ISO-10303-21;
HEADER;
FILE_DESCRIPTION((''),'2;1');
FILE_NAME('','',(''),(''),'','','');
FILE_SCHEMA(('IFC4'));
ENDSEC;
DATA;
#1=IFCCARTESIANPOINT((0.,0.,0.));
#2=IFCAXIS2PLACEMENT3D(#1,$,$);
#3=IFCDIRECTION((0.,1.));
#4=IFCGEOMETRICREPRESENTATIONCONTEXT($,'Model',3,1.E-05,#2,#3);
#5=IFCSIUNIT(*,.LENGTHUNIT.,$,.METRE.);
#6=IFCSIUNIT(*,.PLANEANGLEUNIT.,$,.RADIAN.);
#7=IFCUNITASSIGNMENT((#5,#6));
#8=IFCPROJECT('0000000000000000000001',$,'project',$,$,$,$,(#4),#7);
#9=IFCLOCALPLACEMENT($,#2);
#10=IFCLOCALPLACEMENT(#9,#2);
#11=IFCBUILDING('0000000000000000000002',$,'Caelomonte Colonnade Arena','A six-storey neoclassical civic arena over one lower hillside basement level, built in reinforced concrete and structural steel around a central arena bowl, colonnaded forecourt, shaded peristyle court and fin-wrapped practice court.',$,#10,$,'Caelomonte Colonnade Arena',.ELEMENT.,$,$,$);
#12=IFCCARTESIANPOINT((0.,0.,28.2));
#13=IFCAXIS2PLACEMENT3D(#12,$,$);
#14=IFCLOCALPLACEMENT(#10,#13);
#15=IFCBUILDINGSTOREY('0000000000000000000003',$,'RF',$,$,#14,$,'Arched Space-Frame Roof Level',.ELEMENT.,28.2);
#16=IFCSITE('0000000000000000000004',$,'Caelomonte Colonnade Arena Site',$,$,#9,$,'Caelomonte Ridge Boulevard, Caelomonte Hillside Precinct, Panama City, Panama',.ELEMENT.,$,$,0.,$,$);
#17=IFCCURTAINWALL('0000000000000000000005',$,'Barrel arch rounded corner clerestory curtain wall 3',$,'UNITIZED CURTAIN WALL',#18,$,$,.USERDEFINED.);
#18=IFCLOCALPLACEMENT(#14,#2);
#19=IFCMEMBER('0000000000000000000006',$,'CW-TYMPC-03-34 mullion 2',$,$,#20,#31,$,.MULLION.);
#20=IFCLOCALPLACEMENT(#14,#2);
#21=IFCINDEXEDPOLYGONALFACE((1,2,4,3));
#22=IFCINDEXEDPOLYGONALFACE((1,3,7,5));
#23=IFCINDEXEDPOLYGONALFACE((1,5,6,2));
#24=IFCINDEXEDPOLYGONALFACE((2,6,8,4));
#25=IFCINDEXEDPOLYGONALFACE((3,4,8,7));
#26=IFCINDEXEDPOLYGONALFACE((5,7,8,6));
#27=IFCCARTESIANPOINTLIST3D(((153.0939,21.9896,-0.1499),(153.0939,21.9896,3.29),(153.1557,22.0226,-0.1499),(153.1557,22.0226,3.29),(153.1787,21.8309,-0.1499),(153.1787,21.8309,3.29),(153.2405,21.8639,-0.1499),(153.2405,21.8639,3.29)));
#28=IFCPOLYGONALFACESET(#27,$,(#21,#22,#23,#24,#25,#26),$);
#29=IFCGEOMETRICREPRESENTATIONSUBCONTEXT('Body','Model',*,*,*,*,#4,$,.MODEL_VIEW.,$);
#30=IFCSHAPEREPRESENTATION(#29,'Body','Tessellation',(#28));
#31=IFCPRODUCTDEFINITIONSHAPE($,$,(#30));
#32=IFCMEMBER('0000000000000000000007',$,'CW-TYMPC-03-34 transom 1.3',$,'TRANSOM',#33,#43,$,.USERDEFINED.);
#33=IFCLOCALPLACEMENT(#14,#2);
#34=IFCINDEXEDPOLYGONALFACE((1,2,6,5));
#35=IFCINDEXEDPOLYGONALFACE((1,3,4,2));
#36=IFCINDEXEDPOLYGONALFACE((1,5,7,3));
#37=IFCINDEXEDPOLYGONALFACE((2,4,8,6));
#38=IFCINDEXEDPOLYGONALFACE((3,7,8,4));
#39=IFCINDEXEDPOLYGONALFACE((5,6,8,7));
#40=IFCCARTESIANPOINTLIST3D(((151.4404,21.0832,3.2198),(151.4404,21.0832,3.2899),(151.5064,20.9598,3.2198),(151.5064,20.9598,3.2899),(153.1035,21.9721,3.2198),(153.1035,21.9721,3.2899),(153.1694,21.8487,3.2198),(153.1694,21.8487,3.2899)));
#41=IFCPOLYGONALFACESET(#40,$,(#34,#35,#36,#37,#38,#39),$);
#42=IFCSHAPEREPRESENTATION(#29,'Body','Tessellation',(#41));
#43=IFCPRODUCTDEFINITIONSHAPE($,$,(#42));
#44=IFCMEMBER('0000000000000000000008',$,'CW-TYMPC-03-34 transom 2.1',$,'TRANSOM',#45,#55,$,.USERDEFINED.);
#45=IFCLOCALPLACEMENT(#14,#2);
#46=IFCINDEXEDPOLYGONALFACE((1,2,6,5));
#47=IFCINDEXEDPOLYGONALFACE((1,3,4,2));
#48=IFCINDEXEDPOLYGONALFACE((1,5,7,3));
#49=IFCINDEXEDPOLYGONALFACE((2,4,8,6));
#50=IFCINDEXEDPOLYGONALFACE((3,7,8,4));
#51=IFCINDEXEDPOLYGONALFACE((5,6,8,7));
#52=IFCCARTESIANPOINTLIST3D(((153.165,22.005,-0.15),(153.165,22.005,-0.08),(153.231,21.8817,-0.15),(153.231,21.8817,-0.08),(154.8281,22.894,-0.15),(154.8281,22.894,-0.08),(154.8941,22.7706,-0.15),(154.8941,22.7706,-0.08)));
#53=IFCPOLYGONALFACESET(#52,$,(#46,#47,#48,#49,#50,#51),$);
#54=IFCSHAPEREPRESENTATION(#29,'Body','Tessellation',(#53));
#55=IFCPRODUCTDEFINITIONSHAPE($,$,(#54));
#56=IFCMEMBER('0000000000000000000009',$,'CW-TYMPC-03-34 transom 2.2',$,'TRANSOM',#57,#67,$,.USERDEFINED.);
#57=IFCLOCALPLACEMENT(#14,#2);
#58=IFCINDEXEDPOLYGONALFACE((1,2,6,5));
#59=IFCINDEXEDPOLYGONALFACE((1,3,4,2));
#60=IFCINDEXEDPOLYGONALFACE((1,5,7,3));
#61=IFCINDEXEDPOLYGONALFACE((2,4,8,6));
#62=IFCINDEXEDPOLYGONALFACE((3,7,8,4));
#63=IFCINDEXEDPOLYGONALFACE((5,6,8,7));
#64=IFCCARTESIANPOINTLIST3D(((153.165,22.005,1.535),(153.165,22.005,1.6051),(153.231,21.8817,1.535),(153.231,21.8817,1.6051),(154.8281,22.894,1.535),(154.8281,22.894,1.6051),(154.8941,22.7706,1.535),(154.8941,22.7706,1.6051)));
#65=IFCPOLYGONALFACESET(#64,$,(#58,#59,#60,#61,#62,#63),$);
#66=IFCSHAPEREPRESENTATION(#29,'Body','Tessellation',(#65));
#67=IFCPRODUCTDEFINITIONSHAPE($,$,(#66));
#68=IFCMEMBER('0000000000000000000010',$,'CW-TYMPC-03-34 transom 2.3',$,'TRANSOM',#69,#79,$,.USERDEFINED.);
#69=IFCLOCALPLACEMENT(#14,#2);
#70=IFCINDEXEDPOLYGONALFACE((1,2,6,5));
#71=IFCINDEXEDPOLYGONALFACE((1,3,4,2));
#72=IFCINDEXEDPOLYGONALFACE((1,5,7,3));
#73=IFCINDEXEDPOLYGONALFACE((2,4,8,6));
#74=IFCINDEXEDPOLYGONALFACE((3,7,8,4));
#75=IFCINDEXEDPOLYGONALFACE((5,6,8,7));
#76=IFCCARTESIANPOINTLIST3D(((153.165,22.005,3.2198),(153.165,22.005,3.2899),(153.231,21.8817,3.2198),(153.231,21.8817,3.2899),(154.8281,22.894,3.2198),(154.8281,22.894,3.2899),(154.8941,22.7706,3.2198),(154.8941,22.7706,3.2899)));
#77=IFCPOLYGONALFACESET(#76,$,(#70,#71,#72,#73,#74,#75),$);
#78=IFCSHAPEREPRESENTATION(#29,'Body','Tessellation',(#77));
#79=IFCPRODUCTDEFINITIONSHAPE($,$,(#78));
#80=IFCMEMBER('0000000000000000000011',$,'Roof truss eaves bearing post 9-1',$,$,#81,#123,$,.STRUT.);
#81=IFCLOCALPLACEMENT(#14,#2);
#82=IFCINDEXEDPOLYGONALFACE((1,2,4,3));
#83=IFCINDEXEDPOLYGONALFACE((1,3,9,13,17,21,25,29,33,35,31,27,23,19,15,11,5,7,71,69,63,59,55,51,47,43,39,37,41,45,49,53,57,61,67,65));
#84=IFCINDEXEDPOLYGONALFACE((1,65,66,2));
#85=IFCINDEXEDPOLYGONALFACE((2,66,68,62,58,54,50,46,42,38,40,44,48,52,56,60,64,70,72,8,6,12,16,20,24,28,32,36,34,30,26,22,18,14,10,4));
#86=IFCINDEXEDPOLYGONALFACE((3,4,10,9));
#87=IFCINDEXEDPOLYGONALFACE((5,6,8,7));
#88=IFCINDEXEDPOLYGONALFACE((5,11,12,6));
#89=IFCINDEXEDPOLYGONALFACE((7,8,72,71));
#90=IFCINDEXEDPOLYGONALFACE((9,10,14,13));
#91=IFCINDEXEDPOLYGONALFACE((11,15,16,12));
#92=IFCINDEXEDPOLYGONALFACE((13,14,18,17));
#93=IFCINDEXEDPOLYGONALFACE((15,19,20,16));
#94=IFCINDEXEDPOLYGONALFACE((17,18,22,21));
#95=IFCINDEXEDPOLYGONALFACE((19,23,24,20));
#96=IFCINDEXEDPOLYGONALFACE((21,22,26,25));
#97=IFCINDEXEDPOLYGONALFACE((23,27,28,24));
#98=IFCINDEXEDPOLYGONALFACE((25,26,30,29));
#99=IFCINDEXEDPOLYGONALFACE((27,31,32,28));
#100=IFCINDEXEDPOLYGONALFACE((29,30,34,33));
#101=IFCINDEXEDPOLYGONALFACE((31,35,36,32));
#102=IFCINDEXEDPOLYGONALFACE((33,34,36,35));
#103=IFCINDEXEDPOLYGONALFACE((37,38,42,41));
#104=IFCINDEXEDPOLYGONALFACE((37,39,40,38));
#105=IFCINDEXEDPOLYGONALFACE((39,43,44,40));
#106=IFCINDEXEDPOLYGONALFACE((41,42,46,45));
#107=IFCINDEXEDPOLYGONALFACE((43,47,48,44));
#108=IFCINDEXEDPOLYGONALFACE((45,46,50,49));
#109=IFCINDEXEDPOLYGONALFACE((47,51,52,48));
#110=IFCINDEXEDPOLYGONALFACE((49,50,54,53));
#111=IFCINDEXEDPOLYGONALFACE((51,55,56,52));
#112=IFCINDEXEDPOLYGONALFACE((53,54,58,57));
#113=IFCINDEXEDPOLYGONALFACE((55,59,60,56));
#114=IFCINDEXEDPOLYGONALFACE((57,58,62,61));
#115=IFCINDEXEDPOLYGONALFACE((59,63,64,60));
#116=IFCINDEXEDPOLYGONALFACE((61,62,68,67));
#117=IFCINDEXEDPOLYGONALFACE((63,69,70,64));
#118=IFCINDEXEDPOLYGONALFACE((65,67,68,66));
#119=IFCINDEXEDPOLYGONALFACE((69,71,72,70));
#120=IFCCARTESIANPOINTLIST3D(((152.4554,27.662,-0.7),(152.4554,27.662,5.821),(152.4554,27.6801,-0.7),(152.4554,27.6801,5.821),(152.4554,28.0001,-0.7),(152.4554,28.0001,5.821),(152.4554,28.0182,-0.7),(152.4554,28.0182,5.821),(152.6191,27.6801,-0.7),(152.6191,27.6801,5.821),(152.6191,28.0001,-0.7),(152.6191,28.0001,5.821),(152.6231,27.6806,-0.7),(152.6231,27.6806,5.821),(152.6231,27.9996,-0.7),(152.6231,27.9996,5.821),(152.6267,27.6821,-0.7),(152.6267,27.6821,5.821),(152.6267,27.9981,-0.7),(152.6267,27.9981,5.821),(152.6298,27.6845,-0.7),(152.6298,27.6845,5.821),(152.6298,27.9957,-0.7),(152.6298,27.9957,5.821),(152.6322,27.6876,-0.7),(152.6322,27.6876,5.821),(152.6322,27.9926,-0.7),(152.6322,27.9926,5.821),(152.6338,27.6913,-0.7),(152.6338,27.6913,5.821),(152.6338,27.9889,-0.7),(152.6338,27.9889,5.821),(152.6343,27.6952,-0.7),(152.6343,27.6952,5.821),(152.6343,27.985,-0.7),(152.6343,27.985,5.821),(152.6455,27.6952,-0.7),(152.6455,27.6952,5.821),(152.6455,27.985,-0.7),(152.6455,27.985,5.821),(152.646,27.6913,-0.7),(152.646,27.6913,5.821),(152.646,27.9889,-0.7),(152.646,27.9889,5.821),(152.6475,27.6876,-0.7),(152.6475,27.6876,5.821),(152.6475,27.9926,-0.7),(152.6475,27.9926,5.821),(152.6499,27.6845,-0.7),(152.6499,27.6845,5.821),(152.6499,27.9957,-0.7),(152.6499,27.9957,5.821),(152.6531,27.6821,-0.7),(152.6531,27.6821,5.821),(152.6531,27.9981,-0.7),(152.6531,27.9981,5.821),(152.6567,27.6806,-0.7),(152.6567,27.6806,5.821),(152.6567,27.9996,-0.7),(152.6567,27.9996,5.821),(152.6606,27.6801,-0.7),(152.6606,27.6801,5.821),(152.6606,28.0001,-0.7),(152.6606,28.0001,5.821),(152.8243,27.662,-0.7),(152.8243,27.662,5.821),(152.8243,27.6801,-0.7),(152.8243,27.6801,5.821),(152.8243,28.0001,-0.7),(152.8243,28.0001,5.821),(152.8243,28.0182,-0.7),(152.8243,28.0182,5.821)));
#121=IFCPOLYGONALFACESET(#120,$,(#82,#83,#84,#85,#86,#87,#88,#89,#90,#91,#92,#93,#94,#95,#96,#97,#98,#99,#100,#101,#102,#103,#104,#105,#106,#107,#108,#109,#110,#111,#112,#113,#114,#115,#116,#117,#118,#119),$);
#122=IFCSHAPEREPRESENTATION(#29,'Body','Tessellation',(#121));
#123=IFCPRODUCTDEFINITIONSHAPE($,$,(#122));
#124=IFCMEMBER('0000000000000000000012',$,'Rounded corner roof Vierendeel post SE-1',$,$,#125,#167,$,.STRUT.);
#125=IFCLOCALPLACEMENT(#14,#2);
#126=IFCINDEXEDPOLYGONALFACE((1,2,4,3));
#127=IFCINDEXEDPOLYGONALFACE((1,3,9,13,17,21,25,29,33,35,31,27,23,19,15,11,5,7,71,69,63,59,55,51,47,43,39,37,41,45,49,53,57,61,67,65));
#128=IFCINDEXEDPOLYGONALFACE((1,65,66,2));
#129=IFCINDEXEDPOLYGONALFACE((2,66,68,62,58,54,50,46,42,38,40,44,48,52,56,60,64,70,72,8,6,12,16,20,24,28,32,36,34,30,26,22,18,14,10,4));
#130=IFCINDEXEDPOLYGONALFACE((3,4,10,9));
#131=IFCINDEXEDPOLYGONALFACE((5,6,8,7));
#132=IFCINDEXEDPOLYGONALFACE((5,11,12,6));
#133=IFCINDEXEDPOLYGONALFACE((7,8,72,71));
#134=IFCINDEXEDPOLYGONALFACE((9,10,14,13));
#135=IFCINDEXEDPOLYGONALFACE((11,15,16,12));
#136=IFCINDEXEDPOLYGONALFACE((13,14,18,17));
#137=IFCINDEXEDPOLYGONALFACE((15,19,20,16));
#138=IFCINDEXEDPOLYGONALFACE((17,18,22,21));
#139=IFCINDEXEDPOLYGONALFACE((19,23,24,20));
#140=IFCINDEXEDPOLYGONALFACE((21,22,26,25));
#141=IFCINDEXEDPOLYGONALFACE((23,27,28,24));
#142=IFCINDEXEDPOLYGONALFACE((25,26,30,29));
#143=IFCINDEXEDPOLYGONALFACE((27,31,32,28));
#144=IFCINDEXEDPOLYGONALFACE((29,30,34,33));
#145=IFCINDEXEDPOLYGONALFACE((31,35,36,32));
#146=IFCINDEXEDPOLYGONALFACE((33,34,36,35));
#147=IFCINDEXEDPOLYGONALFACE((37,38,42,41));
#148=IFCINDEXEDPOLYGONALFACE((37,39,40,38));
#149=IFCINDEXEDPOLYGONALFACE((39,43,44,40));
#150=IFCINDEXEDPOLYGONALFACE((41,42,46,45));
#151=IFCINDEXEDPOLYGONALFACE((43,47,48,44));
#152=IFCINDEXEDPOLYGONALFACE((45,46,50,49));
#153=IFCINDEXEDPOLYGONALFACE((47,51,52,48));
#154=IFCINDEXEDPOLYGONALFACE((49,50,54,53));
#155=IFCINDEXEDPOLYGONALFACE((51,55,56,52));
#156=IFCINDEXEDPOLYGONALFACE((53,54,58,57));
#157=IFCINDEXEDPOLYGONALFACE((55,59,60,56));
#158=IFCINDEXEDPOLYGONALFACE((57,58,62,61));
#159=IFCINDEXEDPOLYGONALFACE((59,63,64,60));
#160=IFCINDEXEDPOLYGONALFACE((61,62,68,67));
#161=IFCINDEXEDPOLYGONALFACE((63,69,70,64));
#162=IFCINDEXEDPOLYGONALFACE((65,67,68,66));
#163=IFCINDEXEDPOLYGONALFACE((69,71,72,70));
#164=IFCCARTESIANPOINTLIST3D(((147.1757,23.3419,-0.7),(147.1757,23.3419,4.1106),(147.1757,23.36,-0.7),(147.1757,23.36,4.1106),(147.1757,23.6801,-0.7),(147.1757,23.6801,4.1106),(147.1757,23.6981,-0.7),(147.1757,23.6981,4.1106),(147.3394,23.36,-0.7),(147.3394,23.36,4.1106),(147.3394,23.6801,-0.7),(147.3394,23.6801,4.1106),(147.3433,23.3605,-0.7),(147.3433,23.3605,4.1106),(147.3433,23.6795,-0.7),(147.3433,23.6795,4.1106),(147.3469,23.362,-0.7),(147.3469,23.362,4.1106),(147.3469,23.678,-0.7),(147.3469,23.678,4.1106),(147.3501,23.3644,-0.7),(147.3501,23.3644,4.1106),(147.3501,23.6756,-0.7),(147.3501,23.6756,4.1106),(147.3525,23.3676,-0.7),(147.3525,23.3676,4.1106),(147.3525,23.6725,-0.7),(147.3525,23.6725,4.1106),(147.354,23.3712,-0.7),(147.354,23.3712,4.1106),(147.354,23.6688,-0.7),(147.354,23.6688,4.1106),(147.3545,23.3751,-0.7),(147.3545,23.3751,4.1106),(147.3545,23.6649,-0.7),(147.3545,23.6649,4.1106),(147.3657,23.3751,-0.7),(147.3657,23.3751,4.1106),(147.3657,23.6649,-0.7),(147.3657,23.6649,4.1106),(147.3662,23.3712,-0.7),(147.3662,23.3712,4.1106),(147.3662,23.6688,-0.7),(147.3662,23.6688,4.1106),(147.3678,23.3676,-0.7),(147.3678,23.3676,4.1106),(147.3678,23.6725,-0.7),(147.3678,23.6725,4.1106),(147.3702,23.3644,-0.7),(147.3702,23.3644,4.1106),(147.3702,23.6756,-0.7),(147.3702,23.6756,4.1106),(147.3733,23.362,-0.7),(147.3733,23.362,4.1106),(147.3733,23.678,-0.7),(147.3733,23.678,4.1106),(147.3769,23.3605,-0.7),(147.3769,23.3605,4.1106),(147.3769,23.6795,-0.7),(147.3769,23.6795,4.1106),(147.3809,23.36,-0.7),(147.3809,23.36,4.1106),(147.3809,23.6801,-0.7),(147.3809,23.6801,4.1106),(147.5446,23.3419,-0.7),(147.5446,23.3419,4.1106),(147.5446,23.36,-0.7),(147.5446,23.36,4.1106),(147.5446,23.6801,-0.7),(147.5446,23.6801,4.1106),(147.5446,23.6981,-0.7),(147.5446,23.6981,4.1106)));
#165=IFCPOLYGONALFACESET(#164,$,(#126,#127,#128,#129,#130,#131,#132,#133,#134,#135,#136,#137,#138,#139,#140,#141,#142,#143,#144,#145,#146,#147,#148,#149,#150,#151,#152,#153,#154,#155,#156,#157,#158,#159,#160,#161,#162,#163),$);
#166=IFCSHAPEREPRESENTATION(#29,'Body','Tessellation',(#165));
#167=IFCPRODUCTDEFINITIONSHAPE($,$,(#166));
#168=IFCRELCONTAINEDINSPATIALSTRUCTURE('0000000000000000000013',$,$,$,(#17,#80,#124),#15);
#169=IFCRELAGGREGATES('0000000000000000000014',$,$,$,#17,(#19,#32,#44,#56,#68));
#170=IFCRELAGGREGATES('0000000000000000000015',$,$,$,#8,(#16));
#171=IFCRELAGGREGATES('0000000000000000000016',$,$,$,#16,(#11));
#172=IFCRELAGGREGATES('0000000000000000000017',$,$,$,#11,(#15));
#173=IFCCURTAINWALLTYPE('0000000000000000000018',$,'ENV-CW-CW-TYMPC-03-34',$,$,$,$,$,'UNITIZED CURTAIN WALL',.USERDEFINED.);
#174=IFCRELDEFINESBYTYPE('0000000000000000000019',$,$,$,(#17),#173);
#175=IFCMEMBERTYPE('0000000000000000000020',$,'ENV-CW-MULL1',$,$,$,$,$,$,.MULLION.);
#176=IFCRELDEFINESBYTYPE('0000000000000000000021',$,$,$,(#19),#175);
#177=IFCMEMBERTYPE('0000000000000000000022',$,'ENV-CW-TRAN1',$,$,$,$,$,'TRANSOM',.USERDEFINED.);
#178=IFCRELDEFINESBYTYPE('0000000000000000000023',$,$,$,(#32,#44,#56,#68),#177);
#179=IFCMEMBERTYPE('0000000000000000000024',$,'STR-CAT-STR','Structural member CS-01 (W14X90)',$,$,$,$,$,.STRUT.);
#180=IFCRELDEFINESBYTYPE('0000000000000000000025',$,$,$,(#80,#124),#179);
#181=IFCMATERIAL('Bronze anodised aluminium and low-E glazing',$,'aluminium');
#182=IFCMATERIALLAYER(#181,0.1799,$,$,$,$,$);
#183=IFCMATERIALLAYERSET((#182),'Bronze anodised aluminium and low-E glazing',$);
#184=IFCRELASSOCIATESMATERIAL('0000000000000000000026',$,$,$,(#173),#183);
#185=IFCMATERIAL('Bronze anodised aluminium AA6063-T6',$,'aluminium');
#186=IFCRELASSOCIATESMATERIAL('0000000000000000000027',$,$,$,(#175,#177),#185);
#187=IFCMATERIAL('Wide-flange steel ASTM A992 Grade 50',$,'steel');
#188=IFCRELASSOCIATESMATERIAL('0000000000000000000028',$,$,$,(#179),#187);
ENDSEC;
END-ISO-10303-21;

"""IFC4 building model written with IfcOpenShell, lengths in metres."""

from ifc_helpers import new_model, si_unit, direction, frame, origin, origin_2d, place, context, subcontext, project, spatial, rectangle, i_section, extrude, material, layer, layer_set, material_profile, profile_set, type_object, element, aggregate, save


model = new_model("IFC4")

# Units and contexts
model_context = context("Model", 3, precision=1e-05, world=origin(), true_north=direction((0.0, 1.0)))
body_context = subcontext(model_context, "Body", "Model", "MODEL_VIEW")
ifc_project = project(units=[si_unit("LENGTHUNIT", "METRE"), si_unit("PLANEANGLEUNIT", "RADIAN")], contexts=[model_context])

# Site, building, storey
site_placement = place(None, origin())
site = spatial("IfcSite", under=ifc_project, at=site_placement, Name="Caelomonte Colonnade Arena Site", LongName="Caelomonte Ridge Boulevard, Caelomonte Hillside Precinct, Panama City, Panama", CompositionType="ELEMENT", RefElevation=0.0)
building_placement = place(site_placement, origin())
building = spatial("IfcBuilding", under=site, at=building_placement, Name="Caelomonte Colonnade Arena", Description="A six-storey neoclassical civic arena over one lower hillside basement level, built in reinforced concrete and structural steel around a central arena bowl, colonnaded forecourt, shaded peristyle court and fin-wrapped practice court.", LongName="Caelomonte Colonnade Arena", CompositionType="ELEMENT")
storey_placement = place(building_placement, frame((0.0, 0.0, 28.2)))
storey = spatial("IfcBuildingStorey", under=building, at=storey_placement, Name="RF", LongName="Arched Space-Frame Roof Level", CompositionType="ELEMENT", Elevation=28.2)

# Curtain wall, members
ifc_material_1 = material(Name="Bronze anodised aluminium and low-E glazing", Category="aluminium")
ifc_layer_1 = layer(ifc_material_1, 0.1799)
ifc_layer_set_1 = layer_set([ifc_layer_1], Name="Bronze anodised aluminium and low-E glazing")
curtain_wall_type = type_object("IfcCurtainWallType", Name="ENV-CW-CW-TYMPC-03-34", ElementType="UNITIZED CURTAIN WALL", PredefinedType="USERDEFINED", material=ifc_layer_set_1)
curtain_wall_placement = place(storey_placement, origin())
curtain_wall = element("IfcCurtainWall", 1, at=curtain_wall_placement, inside=storey, type_object=curtain_wall_type, Name="Barrel arch rounded corner clerestory curtain wall 3", ObjectType="UNITIZED CURTAIN WALL", PredefinedType="USERDEFINED")
ifc_material_2 = material(Name="Bronze anodised aluminium AA6063-T6", Category="aluminium")
ifc_material_profile_1 = material_profile(ifc_material_2, rectangle(XDim=0.0701, YDim=0.1799, at=origin_2d()), Name="CWM-70X180")
ifc_profile_set_1 = profile_set([ifc_material_profile_1], Name="Bronze anodised aluminium AA6063-T6")
member_type_1 = type_object("IfcMemberType", Name="ENV-CW-MULL1", PredefinedType="MULLION", material=ifc_profile_set_1)
member_1_placement = place(storey_placement, frame((153.1672, 21.9268, -0.1499), z_axis=(0.0, 0.0, 1.0), x_axis=(0.881924, 0.471391, 0.0)))
member_1 = element("IfcMember", 2, at=member_1_placement, type_object=member_type_1, Name="CW-TYMPC-03-34 mullion 2", PredefinedType="MULLION", context=body_context, shape_type="SweptSolid", body=[
    extrude(rectangle(XDim=0.0701, YDim=0.1799, at=origin_2d()), origin(), (0.0, 0.0, 1.0), 3.4399),
])
ifc_material_profile_2 = material_profile(ifc_material_2, rectangle(XDim=0.0701, YDim=0.1399, at=origin_2d()), Name="CWT-70X140")
ifc_profile_set_2 = profile_set([ifc_material_profile_2], Name="Bronze anodised aluminium AA6063-T6")
member_type_2 = type_object("IfcMemberType", Name="ENV-CW-TRAN1", ElementType="TRANSOM", PredefinedType="USERDEFINED", material=ifc_profile_set_2)
member_2_placement = place(storey_placement, frame((151.4734, 21.0215, 3.2549), z_axis=(0.881926, 0.471388, 0.0), x_axis=(0.0, 0.0, 1.0)))
member_2 = element("IfcMember", 3, at=member_2_placement, type_object=member_type_2, Name="CW-TYMPC-03-34 transom 1.3", ObjectType="TRANSOM", PredefinedType="USERDEFINED", context=body_context, shape_type="SweptSolid", body=[
    extrude(rectangle(XDim=0.0701, YDim=0.1399, at=origin_2d()), origin(), (0.0, 0.0, 1.0), 1.8857),
])
member_3_placement = place(storey_placement, frame((153.198, 21.9434, -0.115), z_axis=(0.881926, 0.471388, 0.0), x_axis=(0.0, 0.0, 1.0)))
member_3 = element("IfcMember", 4, at=member_3_placement, type_object=member_type_2, Name="CW-TYMPC-03-34 transom 2.1", ObjectType="TRANSOM", PredefinedType="USERDEFINED", context=body_context, shape_type="SweptSolid", body=[
    extrude(rectangle(XDim=0.0701, YDim=0.1399, at=origin_2d()), origin(), (0.0, 0.0, 1.0), 1.8857),
])
member_4_placement = place(storey_placement, frame((153.198, 21.9434, 1.5701), z_axis=(0.881926, 0.471388, 0.0), x_axis=(0.0, 0.0, 1.0)))
member_4 = element("IfcMember", 5, at=member_4_placement, type_object=member_type_2, Name="CW-TYMPC-03-34 transom 2.2", ObjectType="TRANSOM", PredefinedType="USERDEFINED", context=body_context, shape_type="SweptSolid", body=[
    extrude(rectangle(XDim=0.0701, YDim=0.1399, at=origin_2d()), origin(), (0.0, 0.0, 1.0), 1.8857),
])
member_5_placement = place(storey_placement, frame((153.198, 21.9434, 3.2549), z_axis=(0.881926, 0.471388, 0.0), x_axis=(0.0, 0.0, 1.0)))
member_5 = element("IfcMember", 6, at=member_5_placement, type_object=member_type_2, Name="CW-TYMPC-03-34 transom 2.3", ObjectType="TRANSOM", PredefinedType="USERDEFINED", context=body_context, shape_type="SweptSolid", body=[
    extrude(rectangle(XDim=0.0701, YDim=0.1399, at=origin_2d()), origin(), (0.0, 0.0, 1.0), 1.8857),
])

# Members
ifc_material_3 = material(Name="Wide-flange steel ASTM A992 Grade 50", Category="steel")
ifc_material_profile_3 = material_profile(ifc_material_3, i_section(OverallWidth=0.3689, OverallDepth=0.3562, WebThickness=0.0112, FlangeThickness=0.0181, FilletRadius=0.0151, at=origin_2d()), Name="W14X90")
ifc_profile_set_3 = profile_set([ifc_material_profile_3], Name="Wide-flange steel ASTM A992 Grade 50")
member_type_3 = type_object("IfcMemberType", Name="STR-CAT-STR", Description="Structural member CS-01 (W14X90)", PredefinedType="STRUT", material=ifc_profile_set_3)
member_6_placement = place(storey_placement, frame((152.6399, 27.8401, -0.7), z_axis=(0.0, 0.0, 1.0), x_axis=(1.0, 0.0, 0.0)))
element("IfcMember", 7, at=member_6_placement, inside=storey, type_object=member_type_3, Name="Roof truss eaves bearing post 9-1", PredefinedType="STRUT", context=body_context, shape_type="SweptSolid", body=[
    extrude(i_section(OverallWidth=0.3689, OverallDepth=0.3562, WebThickness=0.0112, FlangeThickness=0.0181, FilletRadius=0.0151, at=origin_2d()), origin(), (0.0, 0.0, 1.0), 6.521),
])
member_7_placement = place(storey_placement, frame((147.3601, 23.52, -0.7), z_axis=(0.0, 0.0, 1.0), x_axis=(1.0, 0.0, 0.0)))
element("IfcMember", 8, at=member_7_placement, inside=storey, type_object=member_type_3, Name="Rounded corner roof Vierendeel post SE-1", PredefinedType="STRUT", context=body_context, shape_type="SweptSolid", body=[
    extrude(i_section(OverallWidth=0.3689, OverallDepth=0.3562, WebThickness=0.0112, FlangeThickness=0.0181, FilletRadius=0.0151, at=origin_2d()), origin(), (0.0, 0.0, 1.0), 4.8105),
])

aggregate(curtain_wall, [member_1, member_2, member_3, member_4, member_5])

save(model, "model.ifc")
